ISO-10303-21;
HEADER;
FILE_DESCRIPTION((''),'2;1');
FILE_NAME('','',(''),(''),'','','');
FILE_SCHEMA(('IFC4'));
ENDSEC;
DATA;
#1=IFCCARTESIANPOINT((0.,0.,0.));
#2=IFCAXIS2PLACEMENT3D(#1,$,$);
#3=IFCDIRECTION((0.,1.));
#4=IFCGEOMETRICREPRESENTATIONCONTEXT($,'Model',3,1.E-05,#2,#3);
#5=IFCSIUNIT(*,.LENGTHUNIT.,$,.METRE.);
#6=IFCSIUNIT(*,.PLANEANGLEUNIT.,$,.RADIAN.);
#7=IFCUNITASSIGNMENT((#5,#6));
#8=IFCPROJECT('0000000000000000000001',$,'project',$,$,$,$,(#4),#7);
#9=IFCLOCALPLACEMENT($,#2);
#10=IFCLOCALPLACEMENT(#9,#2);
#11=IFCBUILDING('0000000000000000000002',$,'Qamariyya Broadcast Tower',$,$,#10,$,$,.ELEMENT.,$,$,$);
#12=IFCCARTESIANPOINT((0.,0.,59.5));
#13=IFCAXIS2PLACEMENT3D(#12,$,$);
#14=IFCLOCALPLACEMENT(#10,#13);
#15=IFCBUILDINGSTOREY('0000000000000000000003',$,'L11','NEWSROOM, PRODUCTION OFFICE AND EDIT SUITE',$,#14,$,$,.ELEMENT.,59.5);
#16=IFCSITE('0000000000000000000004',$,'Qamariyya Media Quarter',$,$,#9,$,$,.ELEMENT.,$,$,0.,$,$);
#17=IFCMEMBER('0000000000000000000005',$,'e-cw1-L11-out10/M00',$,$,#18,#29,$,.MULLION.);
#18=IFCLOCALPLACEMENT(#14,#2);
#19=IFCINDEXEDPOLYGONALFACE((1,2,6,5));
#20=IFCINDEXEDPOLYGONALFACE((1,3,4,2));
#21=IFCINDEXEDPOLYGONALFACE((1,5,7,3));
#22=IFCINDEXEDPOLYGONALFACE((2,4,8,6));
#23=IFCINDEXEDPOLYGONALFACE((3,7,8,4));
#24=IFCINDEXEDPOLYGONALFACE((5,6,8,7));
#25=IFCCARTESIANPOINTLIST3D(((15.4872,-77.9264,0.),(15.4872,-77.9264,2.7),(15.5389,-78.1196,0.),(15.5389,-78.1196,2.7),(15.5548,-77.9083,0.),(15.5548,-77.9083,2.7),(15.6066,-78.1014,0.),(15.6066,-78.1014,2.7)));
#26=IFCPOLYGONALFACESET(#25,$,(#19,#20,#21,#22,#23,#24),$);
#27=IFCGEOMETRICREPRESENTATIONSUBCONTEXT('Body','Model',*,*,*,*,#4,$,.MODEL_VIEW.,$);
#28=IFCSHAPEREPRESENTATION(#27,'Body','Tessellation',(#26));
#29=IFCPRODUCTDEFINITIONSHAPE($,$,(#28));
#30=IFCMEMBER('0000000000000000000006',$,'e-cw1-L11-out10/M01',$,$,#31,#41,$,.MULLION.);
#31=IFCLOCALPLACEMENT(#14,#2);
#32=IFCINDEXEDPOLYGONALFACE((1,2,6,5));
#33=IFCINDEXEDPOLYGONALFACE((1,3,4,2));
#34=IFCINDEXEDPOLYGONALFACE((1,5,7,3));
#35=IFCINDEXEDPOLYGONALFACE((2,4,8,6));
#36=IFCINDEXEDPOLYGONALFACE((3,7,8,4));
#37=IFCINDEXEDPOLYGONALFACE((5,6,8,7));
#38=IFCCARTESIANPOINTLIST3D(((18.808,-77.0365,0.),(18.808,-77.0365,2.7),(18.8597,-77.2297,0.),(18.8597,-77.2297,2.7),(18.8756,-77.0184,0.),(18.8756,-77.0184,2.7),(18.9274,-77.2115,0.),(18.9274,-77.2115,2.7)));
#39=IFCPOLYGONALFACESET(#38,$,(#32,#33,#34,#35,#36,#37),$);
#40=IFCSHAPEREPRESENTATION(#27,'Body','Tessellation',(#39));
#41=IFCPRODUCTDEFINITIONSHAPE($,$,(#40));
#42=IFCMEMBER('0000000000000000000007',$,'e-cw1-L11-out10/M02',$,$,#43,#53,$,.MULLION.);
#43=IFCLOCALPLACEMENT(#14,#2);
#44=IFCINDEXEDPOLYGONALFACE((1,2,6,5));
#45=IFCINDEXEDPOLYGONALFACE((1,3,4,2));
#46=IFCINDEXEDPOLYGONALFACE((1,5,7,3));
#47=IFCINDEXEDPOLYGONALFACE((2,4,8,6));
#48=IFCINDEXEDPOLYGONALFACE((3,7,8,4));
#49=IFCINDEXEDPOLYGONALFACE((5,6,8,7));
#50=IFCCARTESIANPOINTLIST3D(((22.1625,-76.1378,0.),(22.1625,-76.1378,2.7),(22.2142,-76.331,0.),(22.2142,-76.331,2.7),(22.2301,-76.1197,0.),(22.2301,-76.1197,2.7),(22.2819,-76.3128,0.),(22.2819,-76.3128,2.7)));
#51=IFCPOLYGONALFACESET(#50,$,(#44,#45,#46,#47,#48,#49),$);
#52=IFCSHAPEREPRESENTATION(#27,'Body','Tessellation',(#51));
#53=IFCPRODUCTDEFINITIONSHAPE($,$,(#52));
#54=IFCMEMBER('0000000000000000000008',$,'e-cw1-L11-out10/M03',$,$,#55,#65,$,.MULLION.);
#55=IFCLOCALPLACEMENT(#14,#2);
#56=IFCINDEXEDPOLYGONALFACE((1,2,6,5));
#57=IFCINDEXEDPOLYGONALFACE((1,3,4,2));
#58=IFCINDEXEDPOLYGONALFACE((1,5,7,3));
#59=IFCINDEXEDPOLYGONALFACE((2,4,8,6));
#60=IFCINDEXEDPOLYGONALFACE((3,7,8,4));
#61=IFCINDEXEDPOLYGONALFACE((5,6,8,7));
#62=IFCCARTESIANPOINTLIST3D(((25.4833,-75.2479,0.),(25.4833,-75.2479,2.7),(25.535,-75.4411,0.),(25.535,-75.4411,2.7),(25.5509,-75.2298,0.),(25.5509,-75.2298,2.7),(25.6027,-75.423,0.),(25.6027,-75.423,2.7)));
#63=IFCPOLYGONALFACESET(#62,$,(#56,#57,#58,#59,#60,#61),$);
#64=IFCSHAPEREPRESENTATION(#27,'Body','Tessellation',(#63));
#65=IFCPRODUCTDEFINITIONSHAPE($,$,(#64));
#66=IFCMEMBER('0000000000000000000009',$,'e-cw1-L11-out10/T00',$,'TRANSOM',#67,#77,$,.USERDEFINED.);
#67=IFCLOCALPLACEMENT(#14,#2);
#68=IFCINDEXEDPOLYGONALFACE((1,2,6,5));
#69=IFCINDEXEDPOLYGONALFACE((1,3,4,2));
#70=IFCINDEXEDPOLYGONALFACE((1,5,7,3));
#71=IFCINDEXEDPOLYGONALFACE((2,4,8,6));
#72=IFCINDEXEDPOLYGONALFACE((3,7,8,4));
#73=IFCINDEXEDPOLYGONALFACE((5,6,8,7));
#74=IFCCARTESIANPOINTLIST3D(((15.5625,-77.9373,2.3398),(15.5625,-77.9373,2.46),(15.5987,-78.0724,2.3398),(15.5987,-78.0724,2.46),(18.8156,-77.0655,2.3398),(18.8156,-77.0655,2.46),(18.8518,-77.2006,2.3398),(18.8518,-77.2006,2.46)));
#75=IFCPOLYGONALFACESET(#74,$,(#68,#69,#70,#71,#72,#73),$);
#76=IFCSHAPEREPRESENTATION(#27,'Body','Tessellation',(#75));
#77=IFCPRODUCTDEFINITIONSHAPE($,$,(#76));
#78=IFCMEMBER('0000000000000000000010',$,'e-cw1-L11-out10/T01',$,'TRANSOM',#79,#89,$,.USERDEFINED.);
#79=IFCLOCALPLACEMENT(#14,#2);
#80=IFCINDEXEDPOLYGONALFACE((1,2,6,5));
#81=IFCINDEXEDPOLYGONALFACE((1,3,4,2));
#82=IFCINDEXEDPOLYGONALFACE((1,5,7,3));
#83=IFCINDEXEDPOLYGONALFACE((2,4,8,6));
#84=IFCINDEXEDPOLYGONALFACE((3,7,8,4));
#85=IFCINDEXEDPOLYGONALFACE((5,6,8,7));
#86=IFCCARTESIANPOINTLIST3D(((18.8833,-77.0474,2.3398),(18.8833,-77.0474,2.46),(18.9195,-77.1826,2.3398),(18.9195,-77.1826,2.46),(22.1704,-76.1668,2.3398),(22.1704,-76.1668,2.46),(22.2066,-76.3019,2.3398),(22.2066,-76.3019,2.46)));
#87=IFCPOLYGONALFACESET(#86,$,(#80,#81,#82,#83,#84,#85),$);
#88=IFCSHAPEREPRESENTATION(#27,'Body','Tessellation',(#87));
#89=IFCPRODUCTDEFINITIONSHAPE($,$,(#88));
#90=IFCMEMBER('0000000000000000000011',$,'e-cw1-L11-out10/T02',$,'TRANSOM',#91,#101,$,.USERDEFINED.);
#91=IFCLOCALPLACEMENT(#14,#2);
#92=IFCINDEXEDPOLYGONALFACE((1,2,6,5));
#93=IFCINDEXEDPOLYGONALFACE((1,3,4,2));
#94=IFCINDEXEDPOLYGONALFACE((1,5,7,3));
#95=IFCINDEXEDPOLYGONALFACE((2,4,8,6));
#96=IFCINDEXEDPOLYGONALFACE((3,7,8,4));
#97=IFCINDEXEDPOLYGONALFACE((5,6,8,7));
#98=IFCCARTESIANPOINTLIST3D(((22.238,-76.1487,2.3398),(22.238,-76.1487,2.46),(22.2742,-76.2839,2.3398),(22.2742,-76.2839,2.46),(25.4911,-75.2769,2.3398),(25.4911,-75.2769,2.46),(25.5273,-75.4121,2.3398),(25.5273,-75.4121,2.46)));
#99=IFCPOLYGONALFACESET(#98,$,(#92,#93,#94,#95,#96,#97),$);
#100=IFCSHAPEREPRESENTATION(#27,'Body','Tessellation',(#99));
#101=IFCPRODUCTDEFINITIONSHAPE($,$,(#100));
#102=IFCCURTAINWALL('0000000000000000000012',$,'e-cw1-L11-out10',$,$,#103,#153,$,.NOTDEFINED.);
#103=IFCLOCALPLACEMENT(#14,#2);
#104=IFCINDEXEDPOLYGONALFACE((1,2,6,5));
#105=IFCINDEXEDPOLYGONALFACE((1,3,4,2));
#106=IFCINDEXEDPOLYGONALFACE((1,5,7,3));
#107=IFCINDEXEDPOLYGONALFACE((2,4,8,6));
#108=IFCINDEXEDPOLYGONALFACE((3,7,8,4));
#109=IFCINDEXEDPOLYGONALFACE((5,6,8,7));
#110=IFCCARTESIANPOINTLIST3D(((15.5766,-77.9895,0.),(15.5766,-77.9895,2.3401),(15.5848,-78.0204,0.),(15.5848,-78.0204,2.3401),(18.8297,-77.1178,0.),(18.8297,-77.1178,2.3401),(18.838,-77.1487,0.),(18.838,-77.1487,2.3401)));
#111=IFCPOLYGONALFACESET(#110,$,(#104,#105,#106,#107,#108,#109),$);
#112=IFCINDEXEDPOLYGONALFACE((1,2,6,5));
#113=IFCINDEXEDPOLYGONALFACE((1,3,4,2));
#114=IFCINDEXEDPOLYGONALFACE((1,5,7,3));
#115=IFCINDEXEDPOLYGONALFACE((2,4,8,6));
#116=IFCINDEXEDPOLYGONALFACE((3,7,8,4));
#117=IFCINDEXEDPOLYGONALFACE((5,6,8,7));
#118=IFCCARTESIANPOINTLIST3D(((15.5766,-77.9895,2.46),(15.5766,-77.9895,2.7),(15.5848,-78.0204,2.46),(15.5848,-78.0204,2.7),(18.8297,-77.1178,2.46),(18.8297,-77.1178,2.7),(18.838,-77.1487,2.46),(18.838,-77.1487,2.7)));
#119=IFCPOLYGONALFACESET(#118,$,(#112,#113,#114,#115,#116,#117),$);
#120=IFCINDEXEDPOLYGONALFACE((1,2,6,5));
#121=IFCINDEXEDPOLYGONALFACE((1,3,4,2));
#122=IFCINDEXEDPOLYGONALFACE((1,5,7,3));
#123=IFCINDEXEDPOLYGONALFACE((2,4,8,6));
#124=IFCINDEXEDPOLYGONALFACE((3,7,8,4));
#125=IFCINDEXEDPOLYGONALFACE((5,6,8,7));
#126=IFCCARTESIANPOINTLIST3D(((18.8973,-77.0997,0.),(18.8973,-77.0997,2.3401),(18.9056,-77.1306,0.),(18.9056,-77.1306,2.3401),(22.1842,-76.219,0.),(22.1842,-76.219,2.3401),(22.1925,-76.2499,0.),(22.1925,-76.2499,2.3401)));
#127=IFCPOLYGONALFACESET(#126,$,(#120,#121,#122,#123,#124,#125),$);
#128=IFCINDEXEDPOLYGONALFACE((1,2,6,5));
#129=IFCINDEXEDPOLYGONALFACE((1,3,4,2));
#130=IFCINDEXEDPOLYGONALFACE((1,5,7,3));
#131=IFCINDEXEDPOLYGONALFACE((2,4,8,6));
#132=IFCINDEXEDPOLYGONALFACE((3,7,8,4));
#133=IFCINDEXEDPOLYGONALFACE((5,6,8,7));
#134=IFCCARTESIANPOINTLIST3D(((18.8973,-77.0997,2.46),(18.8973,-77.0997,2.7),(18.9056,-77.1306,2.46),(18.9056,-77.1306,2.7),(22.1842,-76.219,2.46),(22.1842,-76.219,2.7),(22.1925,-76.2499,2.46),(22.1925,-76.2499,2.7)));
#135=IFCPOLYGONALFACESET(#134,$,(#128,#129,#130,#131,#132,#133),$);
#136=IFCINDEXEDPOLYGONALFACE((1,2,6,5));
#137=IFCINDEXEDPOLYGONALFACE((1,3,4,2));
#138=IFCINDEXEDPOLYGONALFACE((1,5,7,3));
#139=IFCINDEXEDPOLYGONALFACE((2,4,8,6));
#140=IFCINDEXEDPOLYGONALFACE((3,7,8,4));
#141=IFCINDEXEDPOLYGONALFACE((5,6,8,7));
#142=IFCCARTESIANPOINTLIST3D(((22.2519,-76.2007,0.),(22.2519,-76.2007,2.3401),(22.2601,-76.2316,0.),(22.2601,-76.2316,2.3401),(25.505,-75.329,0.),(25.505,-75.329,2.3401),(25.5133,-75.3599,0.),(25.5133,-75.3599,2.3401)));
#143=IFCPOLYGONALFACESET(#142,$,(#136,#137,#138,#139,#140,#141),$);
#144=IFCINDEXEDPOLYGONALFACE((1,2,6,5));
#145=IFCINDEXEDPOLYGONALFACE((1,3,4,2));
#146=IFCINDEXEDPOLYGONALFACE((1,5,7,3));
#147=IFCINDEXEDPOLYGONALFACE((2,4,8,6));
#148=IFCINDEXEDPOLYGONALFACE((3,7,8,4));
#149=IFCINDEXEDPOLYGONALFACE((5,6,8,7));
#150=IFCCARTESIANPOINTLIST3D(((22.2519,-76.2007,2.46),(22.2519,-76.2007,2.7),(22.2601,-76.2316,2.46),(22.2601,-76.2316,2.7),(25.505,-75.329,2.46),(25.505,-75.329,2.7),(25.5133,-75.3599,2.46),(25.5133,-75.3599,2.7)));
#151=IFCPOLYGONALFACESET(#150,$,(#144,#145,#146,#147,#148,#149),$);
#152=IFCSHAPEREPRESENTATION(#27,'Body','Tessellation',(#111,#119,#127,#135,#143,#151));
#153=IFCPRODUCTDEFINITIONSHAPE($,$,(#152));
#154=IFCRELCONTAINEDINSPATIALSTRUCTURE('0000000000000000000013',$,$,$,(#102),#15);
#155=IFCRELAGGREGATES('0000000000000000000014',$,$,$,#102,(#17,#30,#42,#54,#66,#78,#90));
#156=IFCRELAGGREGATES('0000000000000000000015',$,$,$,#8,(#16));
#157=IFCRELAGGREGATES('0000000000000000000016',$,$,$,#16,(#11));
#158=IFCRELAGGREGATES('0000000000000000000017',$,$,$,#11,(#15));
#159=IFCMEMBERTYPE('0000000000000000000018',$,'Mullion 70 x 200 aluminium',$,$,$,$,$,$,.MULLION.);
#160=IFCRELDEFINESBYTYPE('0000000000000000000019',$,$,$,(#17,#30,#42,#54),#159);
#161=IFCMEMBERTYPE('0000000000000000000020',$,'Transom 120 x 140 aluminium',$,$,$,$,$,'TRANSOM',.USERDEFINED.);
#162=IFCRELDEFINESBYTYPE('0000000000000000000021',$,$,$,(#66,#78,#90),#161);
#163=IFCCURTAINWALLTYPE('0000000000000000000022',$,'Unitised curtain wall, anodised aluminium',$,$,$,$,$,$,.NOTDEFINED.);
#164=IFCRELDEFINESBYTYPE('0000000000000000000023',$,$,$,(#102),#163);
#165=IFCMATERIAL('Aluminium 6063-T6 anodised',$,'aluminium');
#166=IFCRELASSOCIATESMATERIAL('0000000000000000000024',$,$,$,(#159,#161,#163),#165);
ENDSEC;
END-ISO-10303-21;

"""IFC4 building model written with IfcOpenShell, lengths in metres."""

from ifc_helpers import new_model, si_unit, direction, frame, origin, origin_2d, place, context, subcontext, project, spatial, rectangle, extrude, material, material_profile, profile_set, type_object, element, aggregate, save


model = new_model("IFC4")

# Units and contexts
model_context = context("Model", 3, precision=1e-05, world=origin(), true_north=direction((0.0, 1.0)))
body_context = subcontext(model_context, "Body", "Model", "MODEL_VIEW")
ifc_project = project(units=[si_unit("LENGTHUNIT", "METRE"), si_unit("PLANEANGLEUNIT", "RADIAN")], contexts=[model_context])

# Members
ifc_material = material(Name="Aluminium 6063-T6 anodised", Category="aluminium")
ifc_material_profile_1 = material_profile(ifc_material, rectangle(XDim=0.2, YDim=0.0701, at=origin_2d()))
ifc_profile_set_1 = profile_set([ifc_material_profile_1], Name="Aluminium 6063-T6 anodised")
member_type_1 = type_object("IfcMemberType", Name="Mullion 70 x 200 aluminium", PredefinedType="MULLION", material=ifc_profile_set_1)
site_placement = place(None, origin())
building_placement = place(site_placement, origin())
storey_placement = place(building_placement, frame((0.0, 0.0, 59.5)))
member_1_placement = place(storey_placement, frame((15.5469, -78.0139, 0.0), z_axis=(0.0, 0.0, 1.0), x_axis=(-0.258819, 0.965926, 0.0)))
member_1 = element("IfcMember", 1, at=member_1_placement, type_object=member_type_1, Name="e-cw1-L11-out10/M00", PredefinedType="MULLION", context=body_context, shape_type="SweptSolid", body=[
    extrude(rectangle(XDim=0.2, YDim=0.0701, at=origin_2d()), origin(), (0.0, 0.0, 1.0), 2.7),
])
member_2_placement = place(storey_placement, frame((18.8677, -77.124, 0.0), z_axis=(0.0, 0.0, 1.0), x_axis=(-0.258819, 0.965926, 0.0)))
member_2 = element("IfcMember", 2, at=member_2_placement, type_object=member_type_1, Name="e-cw1-L11-out10/M01", PredefinedType="MULLION", context=body_context, shape_type="SweptSolid", body=[
    extrude(rectangle(XDim=0.2, YDim=0.0701, at=origin_2d()), origin(), (0.0, 0.0, 1.0), 2.7),
])
member_3_placement = place(storey_placement, frame((22.2222, -76.2253, 0.0), z_axis=(0.0, 0.0, 1.0), x_axis=(-0.258819, 0.965926, 0.0)))
member_3 = element("IfcMember", 3, at=member_3_placement, type_object=member_type_1, Name="e-cw1-L11-out10/M02", PredefinedType="MULLION", context=body_context, shape_type="SweptSolid", body=[
    extrude(rectangle(XDim=0.2, YDim=0.0701, at=origin_2d()), origin(), (0.0, 0.0, 1.0), 2.7),
])
member_4_placement = place(storey_placement, frame((25.543, -75.3354, 0.0), z_axis=(0.0, 0.0, 1.0), x_axis=(-0.258819, 0.965926, 0.0)))
member_4 = element("IfcMember", 4, at=member_4_placement, type_object=member_type_1, Name="e-cw1-L11-out10/M03", PredefinedType="MULLION", context=body_context, shape_type="SweptSolid", body=[
    extrude(rectangle(XDim=0.2, YDim=0.0701, at=origin_2d()), origin(), (0.0, 0.0, 1.0), 2.7),
])
ifc_material_profile_2 = material_profile(ifc_material, rectangle(XDim=0.1399, YDim=0.1201, at=origin_2d()))
ifc_profile_set_2 = profile_set([ifc_material_profile_2], Name="Aluminium 6063-T6 anodised")
member_type_2 = type_object("IfcMemberType", Name="Transom 120 x 140 aluminium", ElementType="TRANSOM", PredefinedType="USERDEFINED", material=ifc_profile_set_2)
member_5_placement = place(storey_placement, frame((15.5806, -78.0049, 2.3999), z_axis=(0.965915, 0.258858, 0.0), x_axis=(-0.258858, 0.965915, 0.0)))
member_5 = element("IfcMember", 5, at=member_5_placement, type_object=member_type_2, Name="e-cw1-L11-out10/T00", ObjectType="TRANSOM", PredefinedType="USERDEFINED", context=body_context, shape_type="SweptSolid", body=[
    extrude(rectangle(XDim=0.1399, YDim=0.1201, at=origin_2d()), origin(), (0.0, 0.0, 1.0), 3.3679),
])
member_6_placement = place(storey_placement, frame((18.9014, -77.115, 2.3999), z_axis=(0.965938, 0.258774, 0.0), x_axis=(-0.258774, 0.965938, 0.0)))
member_6 = element("IfcMember", 6, at=member_6_placement, type_object=member_type_2, Name="e-cw1-L11-out10/T01", ObjectType="TRANSOM", PredefinedType="USERDEFINED", context=body_context, shape_type="SweptSolid", body=[
    extrude(rectangle(XDim=0.1399, YDim=0.1201, at=origin_2d()), origin(), (0.0, 0.0, 1.0), 3.4031),
])
member_7_placement = place(storey_placement, frame((22.2561, -76.2163, 2.3999), z_axis=(0.965915, 0.258858, 0.0), x_axis=(-0.258858, 0.965915, 0.0)))
member_7 = element("IfcMember", 7, at=member_7_placement, type_object=member_type_2, Name="e-cw1-L11-out10/T02", ObjectType="TRANSOM", PredefinedType="USERDEFINED", context=body_context, shape_type="SweptSolid", body=[
    extrude(rectangle(XDim=0.1399, YDim=0.1201, at=origin_2d()), origin(), (0.0, 0.0, 1.0), 3.3679),
])

# Site, building, storey
site = spatial("IfcSite", under=ifc_project, at=site_placement, Name="Qamariyya Media Quarter", CompositionType="ELEMENT", RefElevation=0.0)
building = spatial("IfcBuilding", under=site, at=building_placement, Name="Qamariyya Broadcast Tower", CompositionType="ELEMENT")
storey = spatial("IfcBuildingStorey", under=building, at=storey_placement, Name="L11", Description="NEWSROOM, PRODUCTION OFFICE AND EDIT SUITE", CompositionType="ELEMENT", Elevation=59.5)

# Curtain wall
curtain_wall_type = type_object("IfcCurtainWallType", Name="Unitised curtain wall, anodised aluminium", PredefinedType="NOTDEFINED", material=ifc_material)
curtain_wall_1_placement = place(storey_placement, origin())
curtain_wall_1 = element("IfcCurtainWall", 8, at=curtain_wall_1_placement, inside=storey, type_object=curtain_wall_type, Name="e-cw1-L11-out10", PredefinedType="NOTDEFINED", context=body_context, shape_type="SweptSolid", body=[
    extrude(rectangle(XDim=3.3679, YDim=0.032, at=origin_2d()), frame((17.2073, -77.5691, 0.0), x_axis=(0.965925, 0.258822, 0.0)), (0.0, 0.0, 1.0), 2.3401),
    extrude(rectangle(XDim=3.3679, YDim=0.032, at=origin_2d()), frame((17.2073, -77.5691, 2.46), x_axis=(0.965925, 0.258822, 0.0)), (0.0, 0.0, 1.0), 0.24),
    extrude(rectangle(XDim=3.4028, YDim=0.032, at=origin_2d()), frame((20.5449, -76.6748, 0.0), x_axis=(0.965925, 0.258822, 0.0)), (0.0, 0.0, 1.0), 2.3401),
    extrude(rectangle(XDim=3.4028, YDim=0.032, at=origin_2d()), frame((20.5449, -76.6748, 2.46), x_axis=(0.965925, 0.258822, 0.0)), (0.0, 0.0, 1.0), 0.24),
    extrude(rectangle(XDim=3.3679, YDim=0.032, at=origin_2d()), frame((23.8826, -75.7803, 0.0), x_axis=(0.965925, 0.258822, 0.0)), (0.0, 0.0, 1.0), 2.3401),
    extrude(rectangle(XDim=3.3679, YDim=0.032, at=origin_2d()), frame((23.8826, -75.7803, 2.46), x_axis=(0.965925, 0.258822, 0.0)), (0.0, 0.0, 1.0), 0.24),
])
aggregate(curtain_wall_1, [member_1, member_2, member_3, member_4, member_5, member_6, member_7])

save(model, "model.ifc")
